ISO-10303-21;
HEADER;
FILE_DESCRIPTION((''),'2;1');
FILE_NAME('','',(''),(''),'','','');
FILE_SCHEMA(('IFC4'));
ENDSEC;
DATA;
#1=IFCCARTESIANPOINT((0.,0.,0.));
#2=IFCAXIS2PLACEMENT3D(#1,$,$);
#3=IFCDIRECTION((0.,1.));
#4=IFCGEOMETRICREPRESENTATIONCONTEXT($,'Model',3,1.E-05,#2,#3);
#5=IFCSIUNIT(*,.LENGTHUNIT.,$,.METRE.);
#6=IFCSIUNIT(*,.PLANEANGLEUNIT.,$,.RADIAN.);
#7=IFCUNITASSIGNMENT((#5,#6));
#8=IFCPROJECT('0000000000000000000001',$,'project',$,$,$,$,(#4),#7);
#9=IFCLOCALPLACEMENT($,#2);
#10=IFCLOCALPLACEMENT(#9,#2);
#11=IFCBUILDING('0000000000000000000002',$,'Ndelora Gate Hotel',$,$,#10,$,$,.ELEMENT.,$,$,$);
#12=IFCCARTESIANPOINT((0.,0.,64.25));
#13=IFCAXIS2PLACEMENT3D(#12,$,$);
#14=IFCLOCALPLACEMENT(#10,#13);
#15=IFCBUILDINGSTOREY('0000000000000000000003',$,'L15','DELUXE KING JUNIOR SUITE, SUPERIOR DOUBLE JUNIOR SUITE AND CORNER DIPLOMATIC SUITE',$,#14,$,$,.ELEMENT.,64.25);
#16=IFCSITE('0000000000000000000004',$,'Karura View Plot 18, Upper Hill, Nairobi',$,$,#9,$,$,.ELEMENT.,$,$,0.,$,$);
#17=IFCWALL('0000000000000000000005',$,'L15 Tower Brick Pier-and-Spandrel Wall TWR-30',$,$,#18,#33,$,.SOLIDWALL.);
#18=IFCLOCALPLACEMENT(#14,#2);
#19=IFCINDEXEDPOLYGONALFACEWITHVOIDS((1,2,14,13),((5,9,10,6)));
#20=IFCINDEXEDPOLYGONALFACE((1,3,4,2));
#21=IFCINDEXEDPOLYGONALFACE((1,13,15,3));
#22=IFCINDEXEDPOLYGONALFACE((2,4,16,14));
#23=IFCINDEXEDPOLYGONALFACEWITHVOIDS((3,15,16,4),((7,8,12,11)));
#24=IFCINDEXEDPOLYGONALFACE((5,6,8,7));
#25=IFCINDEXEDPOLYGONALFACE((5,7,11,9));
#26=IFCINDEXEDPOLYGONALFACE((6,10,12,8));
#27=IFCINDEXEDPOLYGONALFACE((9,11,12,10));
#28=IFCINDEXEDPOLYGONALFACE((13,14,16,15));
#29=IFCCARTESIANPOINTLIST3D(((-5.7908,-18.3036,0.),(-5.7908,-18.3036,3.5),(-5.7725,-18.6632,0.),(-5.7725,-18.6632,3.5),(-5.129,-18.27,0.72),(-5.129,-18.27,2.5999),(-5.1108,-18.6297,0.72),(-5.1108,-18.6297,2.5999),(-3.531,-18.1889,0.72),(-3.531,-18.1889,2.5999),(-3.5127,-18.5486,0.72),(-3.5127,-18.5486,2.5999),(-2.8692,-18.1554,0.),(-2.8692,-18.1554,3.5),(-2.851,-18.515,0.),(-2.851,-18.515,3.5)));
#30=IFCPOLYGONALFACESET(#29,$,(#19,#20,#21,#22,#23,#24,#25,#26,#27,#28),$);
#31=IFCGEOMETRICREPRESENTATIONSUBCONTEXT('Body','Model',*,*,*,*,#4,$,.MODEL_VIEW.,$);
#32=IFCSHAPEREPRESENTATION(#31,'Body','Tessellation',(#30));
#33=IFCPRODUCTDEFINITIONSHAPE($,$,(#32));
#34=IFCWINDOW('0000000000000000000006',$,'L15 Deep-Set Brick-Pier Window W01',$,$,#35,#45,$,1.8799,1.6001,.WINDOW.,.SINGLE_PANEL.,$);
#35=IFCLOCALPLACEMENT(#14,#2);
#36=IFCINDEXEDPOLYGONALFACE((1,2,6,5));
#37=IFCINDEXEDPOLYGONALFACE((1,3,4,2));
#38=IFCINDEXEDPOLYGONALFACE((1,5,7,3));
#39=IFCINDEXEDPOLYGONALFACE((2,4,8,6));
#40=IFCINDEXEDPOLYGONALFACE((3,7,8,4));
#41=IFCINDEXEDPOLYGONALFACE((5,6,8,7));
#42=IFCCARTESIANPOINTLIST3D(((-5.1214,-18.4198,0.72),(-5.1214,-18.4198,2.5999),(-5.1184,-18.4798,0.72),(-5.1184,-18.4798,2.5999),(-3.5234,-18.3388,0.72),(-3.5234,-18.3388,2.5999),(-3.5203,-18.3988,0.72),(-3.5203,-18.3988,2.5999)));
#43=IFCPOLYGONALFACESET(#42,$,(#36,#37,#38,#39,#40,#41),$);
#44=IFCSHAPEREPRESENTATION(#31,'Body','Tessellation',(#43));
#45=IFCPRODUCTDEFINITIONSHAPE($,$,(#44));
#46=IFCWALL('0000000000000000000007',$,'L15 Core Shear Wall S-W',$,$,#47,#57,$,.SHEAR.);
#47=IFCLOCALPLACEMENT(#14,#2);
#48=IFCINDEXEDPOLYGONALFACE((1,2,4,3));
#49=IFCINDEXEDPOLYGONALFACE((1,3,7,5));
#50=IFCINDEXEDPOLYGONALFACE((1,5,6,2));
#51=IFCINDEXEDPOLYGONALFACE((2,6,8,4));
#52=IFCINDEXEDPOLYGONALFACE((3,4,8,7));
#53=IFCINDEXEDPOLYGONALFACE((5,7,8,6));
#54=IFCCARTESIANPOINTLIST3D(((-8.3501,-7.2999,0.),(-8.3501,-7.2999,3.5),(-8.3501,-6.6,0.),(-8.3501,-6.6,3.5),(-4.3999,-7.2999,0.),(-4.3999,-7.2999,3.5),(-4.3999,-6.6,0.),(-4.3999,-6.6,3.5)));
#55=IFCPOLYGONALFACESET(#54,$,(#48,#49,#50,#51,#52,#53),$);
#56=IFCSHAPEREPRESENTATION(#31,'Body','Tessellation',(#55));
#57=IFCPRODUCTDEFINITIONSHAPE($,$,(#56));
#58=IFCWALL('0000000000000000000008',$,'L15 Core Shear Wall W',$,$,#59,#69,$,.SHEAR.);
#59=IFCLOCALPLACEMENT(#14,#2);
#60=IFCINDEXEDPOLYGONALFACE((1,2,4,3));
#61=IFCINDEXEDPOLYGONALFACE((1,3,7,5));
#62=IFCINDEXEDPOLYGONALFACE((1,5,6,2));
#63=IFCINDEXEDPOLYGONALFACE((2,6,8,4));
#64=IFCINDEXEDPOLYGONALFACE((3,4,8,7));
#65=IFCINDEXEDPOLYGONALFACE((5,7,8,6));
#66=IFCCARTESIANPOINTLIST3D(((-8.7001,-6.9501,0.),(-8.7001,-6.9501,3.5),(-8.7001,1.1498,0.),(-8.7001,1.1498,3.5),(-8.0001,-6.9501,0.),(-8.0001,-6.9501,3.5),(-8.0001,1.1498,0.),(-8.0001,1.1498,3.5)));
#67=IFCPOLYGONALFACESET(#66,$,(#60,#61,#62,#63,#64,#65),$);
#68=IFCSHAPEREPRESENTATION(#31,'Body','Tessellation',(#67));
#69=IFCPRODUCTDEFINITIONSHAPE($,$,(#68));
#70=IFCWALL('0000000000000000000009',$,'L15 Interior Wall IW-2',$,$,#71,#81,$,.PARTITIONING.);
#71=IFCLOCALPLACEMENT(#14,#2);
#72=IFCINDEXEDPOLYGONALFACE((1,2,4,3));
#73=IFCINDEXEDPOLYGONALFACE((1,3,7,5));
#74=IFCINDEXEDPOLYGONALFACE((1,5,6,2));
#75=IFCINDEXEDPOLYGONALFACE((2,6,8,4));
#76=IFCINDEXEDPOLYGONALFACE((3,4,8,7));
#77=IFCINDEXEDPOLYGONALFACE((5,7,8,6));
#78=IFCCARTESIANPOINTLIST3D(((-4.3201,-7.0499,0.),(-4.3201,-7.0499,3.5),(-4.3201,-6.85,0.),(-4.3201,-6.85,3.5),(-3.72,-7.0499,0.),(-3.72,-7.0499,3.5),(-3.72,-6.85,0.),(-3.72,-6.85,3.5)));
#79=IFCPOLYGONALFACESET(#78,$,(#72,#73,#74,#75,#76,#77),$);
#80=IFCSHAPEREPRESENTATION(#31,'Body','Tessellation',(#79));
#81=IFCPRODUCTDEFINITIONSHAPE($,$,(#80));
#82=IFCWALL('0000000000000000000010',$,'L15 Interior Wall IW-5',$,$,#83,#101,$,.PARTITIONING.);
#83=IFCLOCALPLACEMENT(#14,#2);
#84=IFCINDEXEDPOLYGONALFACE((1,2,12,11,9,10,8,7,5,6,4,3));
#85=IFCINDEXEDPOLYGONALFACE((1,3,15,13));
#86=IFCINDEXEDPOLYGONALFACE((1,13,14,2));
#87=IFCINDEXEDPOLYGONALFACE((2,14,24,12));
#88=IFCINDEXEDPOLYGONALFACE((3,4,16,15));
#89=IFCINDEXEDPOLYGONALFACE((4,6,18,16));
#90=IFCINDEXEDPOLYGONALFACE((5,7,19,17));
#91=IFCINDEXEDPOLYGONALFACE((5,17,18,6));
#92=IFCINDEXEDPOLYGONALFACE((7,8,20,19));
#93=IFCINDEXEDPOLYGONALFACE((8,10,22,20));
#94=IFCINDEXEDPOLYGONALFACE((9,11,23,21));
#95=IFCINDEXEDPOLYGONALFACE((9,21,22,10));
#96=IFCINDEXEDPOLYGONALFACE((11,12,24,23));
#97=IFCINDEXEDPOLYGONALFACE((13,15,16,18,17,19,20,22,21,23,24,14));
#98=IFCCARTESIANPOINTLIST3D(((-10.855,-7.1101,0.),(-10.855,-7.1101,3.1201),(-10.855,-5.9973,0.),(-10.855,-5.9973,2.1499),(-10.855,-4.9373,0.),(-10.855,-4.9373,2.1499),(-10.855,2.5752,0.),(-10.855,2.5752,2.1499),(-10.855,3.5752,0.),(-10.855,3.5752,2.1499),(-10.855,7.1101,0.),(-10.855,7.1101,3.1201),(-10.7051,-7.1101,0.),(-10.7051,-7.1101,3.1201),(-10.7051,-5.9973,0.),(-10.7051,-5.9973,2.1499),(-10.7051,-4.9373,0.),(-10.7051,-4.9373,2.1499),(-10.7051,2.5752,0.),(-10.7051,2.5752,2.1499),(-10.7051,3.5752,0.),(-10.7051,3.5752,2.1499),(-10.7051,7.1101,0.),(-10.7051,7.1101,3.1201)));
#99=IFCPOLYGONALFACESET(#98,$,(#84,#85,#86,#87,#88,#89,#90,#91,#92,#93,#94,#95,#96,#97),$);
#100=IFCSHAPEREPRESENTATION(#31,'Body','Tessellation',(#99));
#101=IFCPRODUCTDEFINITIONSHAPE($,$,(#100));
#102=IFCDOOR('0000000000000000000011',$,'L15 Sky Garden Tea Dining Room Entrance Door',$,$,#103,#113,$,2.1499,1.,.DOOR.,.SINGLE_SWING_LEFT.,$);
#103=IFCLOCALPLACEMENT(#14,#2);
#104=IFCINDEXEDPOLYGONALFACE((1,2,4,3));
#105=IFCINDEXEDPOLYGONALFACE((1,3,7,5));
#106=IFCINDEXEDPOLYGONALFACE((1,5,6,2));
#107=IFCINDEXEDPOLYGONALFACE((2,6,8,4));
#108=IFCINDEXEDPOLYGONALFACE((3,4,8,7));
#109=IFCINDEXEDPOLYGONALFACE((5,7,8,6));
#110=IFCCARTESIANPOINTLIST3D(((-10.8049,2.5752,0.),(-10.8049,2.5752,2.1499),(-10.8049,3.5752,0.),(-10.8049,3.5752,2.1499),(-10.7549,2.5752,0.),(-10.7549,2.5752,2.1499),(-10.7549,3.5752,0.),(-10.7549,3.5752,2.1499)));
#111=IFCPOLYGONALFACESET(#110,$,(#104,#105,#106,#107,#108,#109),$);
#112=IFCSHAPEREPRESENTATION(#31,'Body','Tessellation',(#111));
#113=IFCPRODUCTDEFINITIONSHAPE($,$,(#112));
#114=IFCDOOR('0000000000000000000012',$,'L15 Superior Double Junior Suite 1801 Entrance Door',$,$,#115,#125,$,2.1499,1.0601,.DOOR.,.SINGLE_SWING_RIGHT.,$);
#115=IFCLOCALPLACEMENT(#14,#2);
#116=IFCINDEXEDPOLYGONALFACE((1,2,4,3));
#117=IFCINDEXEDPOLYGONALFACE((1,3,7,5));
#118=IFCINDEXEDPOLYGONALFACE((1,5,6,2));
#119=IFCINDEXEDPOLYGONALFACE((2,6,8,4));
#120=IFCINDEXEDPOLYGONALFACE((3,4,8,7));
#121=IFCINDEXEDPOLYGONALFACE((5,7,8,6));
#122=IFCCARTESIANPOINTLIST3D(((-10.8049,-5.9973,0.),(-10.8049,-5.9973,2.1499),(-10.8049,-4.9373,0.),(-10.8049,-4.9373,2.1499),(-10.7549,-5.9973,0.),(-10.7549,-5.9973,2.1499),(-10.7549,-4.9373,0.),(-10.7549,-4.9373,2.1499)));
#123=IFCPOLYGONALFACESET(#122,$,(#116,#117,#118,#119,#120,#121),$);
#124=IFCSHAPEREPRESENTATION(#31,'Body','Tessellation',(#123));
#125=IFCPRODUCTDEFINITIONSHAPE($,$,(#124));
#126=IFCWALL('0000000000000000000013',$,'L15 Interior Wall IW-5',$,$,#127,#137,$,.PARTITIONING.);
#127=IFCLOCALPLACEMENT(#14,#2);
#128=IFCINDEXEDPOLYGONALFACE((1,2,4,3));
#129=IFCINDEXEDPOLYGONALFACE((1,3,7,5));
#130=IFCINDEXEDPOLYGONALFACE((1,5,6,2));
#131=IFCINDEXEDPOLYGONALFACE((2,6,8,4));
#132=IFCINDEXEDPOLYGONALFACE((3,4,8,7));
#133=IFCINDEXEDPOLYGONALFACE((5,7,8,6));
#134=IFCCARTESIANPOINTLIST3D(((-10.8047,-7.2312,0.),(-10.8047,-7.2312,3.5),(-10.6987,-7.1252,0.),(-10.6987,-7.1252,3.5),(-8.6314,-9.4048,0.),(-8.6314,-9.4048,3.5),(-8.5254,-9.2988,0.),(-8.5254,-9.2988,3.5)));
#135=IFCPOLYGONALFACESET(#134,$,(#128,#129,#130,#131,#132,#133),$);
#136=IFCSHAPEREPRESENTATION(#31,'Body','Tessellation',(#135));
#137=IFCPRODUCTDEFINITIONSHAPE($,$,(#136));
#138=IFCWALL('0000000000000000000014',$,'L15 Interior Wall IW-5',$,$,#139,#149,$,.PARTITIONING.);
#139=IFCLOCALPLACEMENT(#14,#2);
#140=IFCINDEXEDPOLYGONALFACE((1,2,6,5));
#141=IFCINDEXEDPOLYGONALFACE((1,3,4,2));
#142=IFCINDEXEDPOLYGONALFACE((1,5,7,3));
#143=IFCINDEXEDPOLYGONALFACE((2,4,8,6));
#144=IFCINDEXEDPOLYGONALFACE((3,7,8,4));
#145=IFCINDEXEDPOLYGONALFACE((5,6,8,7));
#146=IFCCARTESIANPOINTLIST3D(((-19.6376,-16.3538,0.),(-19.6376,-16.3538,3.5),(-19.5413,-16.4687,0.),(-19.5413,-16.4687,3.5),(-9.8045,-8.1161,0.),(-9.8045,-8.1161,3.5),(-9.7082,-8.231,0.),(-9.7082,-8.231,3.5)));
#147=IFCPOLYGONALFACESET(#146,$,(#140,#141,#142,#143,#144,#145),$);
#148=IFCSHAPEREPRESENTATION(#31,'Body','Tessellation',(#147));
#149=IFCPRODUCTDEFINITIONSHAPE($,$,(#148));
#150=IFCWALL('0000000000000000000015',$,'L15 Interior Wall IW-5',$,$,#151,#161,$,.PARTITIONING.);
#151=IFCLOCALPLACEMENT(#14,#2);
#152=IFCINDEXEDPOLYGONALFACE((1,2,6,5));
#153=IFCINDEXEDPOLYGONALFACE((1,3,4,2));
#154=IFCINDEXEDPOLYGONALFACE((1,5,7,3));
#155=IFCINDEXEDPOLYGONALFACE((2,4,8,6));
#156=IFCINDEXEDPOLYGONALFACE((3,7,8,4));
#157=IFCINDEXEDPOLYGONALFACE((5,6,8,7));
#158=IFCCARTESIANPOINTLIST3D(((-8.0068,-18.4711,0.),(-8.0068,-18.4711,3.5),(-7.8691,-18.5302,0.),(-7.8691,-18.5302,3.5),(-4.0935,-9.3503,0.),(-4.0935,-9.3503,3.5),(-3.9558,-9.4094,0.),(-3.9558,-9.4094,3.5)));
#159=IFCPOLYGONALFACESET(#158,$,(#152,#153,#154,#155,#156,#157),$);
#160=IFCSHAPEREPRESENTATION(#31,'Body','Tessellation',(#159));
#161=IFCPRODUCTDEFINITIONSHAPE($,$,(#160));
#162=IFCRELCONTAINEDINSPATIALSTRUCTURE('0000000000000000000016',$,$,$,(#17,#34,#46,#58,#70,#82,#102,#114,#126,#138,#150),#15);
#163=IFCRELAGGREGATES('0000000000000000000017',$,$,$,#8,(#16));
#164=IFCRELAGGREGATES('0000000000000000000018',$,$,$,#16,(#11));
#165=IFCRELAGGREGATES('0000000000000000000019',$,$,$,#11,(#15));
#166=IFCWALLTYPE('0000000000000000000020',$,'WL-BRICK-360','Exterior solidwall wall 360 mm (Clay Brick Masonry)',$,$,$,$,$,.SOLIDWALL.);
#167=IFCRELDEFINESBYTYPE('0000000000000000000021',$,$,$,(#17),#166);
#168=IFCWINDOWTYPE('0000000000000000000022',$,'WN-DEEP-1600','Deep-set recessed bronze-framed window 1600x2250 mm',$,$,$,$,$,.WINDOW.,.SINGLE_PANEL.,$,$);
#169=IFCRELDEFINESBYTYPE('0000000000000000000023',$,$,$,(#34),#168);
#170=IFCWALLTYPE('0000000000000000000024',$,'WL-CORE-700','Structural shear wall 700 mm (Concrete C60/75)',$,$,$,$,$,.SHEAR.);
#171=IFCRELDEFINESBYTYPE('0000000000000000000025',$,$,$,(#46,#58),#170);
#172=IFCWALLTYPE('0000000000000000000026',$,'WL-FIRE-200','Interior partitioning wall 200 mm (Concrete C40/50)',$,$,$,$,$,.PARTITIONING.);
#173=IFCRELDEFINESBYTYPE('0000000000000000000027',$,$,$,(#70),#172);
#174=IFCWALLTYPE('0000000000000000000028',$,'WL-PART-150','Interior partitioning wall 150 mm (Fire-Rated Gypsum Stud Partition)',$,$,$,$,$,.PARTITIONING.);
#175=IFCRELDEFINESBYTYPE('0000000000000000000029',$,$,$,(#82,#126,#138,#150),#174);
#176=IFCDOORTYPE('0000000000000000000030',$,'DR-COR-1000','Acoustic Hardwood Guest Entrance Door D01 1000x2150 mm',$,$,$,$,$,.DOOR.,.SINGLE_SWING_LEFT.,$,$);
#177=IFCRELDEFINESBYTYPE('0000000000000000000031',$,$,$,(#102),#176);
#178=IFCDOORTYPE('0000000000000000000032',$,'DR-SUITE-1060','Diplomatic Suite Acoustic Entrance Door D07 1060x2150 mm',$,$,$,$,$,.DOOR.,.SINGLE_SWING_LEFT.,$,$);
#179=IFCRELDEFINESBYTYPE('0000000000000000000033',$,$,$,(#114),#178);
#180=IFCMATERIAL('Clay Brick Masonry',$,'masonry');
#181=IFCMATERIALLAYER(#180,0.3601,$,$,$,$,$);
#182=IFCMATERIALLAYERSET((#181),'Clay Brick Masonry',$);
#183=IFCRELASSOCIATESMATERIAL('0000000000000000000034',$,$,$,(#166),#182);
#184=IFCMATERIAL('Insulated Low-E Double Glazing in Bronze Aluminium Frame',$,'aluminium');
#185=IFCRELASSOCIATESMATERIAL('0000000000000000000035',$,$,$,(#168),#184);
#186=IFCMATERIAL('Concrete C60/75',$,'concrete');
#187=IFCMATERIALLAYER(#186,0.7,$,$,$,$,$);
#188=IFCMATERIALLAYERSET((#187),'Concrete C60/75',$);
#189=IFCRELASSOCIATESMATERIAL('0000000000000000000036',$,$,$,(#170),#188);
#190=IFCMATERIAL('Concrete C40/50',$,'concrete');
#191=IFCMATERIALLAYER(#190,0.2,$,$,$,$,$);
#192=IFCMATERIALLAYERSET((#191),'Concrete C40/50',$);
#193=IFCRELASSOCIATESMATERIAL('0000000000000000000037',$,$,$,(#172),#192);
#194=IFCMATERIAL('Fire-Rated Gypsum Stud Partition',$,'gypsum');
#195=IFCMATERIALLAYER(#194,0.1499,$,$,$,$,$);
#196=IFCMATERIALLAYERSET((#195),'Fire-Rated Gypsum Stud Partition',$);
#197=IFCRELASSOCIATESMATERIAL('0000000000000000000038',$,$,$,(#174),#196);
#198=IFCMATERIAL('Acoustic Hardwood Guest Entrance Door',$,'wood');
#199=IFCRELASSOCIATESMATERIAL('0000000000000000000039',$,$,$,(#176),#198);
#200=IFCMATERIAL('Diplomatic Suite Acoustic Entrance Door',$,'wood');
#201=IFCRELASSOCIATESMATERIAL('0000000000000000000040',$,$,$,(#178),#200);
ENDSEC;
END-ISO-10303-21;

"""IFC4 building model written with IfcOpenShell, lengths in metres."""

from ifc_helpers import new_model, si_unit, direction, frame, frame_2d, origin, place, context, subcontext, project, spatial, rectangle, extrude, material, layer, layer_set, type_object, element, fill, save


model = new_model("IFC4")

# Units and contexts
model_context = context("Model", 3, precision=1e-05, world=origin(), true_north=direction((0.0, 1.0)))
body_context = subcontext(model_context, "Body", "Model", "MODEL_VIEW")
ifc_project = project(units=[si_unit("LENGTHUNIT", "METRE"), si_unit("PLANEANGLEUNIT", "RADIAN")], contexts=[model_context])

# Site, building, storey
site_placement = place(None, origin())
site = spatial("IfcSite", under=ifc_project, at=site_placement, Name="Karura View Plot 18, Upper Hill, Nairobi", CompositionType="ELEMENT", RefElevation=0.0)
building_placement = place(site_placement, origin())
building = spatial("IfcBuilding", under=site, at=building_placement, Name="Ndelora Gate Hotel", CompositionType="ELEMENT")
storey_placement = place(building_placement, frame((0.0, 0.0, 64.25)))
storey = spatial("IfcBuildingStorey", under=building, at=storey_placement, Name="L15", Description="DELUXE KING JUNIOR SUITE, SUPERIOR DOUBLE JUNIOR SUITE AND CORNER DIPLOMATIC SUITE", CompositionType="ELEMENT", Elevation=64.25)

# Shared definitions
ifc_material_1 = material(Name="Concrete C60/75", Category="concrete")

# Wall, opening, window
ifc_material_2 = material(Name="Clay Brick Masonry", Category="masonry")
ifc_layer_1 = layer(ifc_material_2, 0.3601)
ifc_layer_set_1 = layer_set([ifc_layer_1], Name="Clay Brick Masonry")
wall_type_1 = type_object("IfcWallType", Name="WL-BRICK-360", Description="Exterior solidwall wall 360 mm (Clay Brick Masonry)", PredefinedType="SOLIDWALL", material=ifc_layer_set_1)
ifc_material_3 = material(Name="Insulated Low-E Double Glazing in Bronze Aluminium Frame", Category="aluminium")
window_type_1 = type_object("IfcWindowType", Name="WN-DEEP-1600", Description="Deep-set recessed bronze-framed window 1600x2250 mm", PartitioningType="SINGLE_PANEL", PredefinedType="WINDOW", material=ifc_material_3)
wall_1_placement = place(storey_placement, frame((-2.8601, -18.3352, 0.0), z_axis=(0.0, 0.0, 1.0), x_axis=(-0.998716, -0.050658, 0.0)))
wall_1 = element("IfcWall", 1, at=wall_1_placement, inside=storey, type_object=wall_type_1, Name="L15 Tower Brick Pier-and-Spandrel Wall TWR-30", PredefinedType="SOLIDWALL", context=body_context, shape_type="SweptSolid", body=[
    extrude(rectangle(XDim=2.9253, YDim=0.3601, at=frame_2d((1.4626, 0.0))), origin(), (0.0, 0.0, 1.0), 3.5),
])
opening_1_placement = place(wall_1_placement, frame((0.6626, 0.0, 0.72)))
opening_1 = element("IfcOpeningElement", 2, at=opening_1_placement, cuts=wall_1, PredefinedType="OPENING", context=body_context, shape_type="SweptSolid", body=[
    extrude(rectangle(XDim=1.6001, YDim=1.8799, at=frame_2d((0.8, 0.9399))), frame((0.0, 0.1899, 0.0), z_axis=(0.0, -1.0, 0.0), x_axis=(1.0, 0.0, 0.0)), (0.0, 0.0, 1.0), 0.3801),
])
window_1_placement = place(opening_1_placement, origin())
window_1 = element("IfcWindow", 3, at=window_1_placement, inside=storey, type_object=window_type_1, Name="L15 Deep-Set Brick-Pier Window W01", OverallHeight=1.8799, OverallWidth=1.6001, PartitioningType="SINGLE_PANEL", PredefinedType="WINDOW", context=body_context, shape_type="SweptSolid", body=[
    extrude(rectangle(XDim=1.6001, YDim=1.8799, at=frame_2d((0.8, 0.9399))), frame((0.0, 0.03, 0.0), z_axis=(0.0, -1.0, 0.0), x_axis=(1.0, 0.0, 0.0)), (0.0, 0.0, 1.0), 0.0601),
])
fill(opening_1, window_1)

# Walls
ifc_layer_2 = layer(ifc_material_1, 0.7)
ifc_layer_set_2 = layer_set([ifc_layer_2], Name="Concrete C60/75")
wall_type_2 = type_object("IfcWallType", Name="WL-CORE-700", Description="Structural shear wall 700 mm (Concrete C60/75)", PredefinedType="SHEAR", material=ifc_layer_set_2)
wall_2_placement = place(storey_placement, frame((-8.3501, -6.95, 0.0), z_axis=(0.0, 0.0, 1.0), x_axis=(1.0, 0.0, 0.0)))
element("IfcWall", 4, at=wall_2_placement, inside=storey, type_object=wall_type_2, Name="L15 Core Shear Wall S-W", PredefinedType="SHEAR", context=body_context, shape_type="SweptSolid", body=[
    extrude(rectangle(XDim=3.9502, YDim=0.7, at=frame_2d((1.9751, 0.0))), origin(), (0.0, 0.0, 1.0), 3.5),
])
wall_3_placement = place(storey_placement, frame((-8.3501, -6.95, 0.0), z_axis=(0.0, 0.0, 1.0), x_axis=(0.0, 1.0, 0.0)))
element("IfcWall", 5, at=wall_3_placement, inside=storey, type_object=wall_type_2, Name="L15 Core Shear Wall W", PredefinedType="SHEAR", context=body_context, shape_type="SweptSolid", body=[
    extrude(rectangle(XDim=8.0999, YDim=0.7, at=frame_2d((4.0498, 0.0))), origin(), (0.0, 0.0, 1.0), 3.5),
])
ifc_material_4 = material(Name="Concrete C40/50", Category="concrete")
ifc_layer_3 = layer(ifc_material_4, 0.2)
ifc_layer_set_3 = layer_set([ifc_layer_3], Name="Concrete C40/50")
wall_type_3 = type_object("IfcWallType", Name="WL-FIRE-200", Description="Interior partitioning wall 200 mm (Concrete C40/50)", PredefinedType="PARTITIONING", material=ifc_layer_set_3)
wall_4_placement = place(storey_placement, frame((-4.3201, -6.95, 0.0), z_axis=(0.0, 0.0, 1.0), x_axis=(1.0, 0.0, 0.0)))
element("IfcWall", 6, at=wall_4_placement, inside=storey, type_object=wall_type_3, Name="L15 Interior Wall IW-2", PredefinedType="PARTITIONING", context=body_context, shape_type="SweptSolid", body=[
    extrude(rectangle(XDim=0.6001, YDim=0.2, at=frame_2d((0.3, 0.0))), origin(), (0.0, 0.0, 1.0), 3.5),
])

# Wall, openings, doors
ifc_material_5 = material(Name="Fire-Rated Gypsum Stud Partition", Category="gypsum")
ifc_layer_4 = layer(ifc_material_5, 0.1499)
ifc_layer_set_4 = layer_set([ifc_layer_4], Name="Fire-Rated Gypsum Stud Partition")
wall_type_4 = type_object("IfcWallType", Name="WL-PART-150", Description="Interior partitioning wall 150 mm (Fire-Rated Gypsum Stud Partition)", PredefinedType="PARTITIONING", material=ifc_layer_set_4)
wall_5_placement = place(storey_placement, frame((-10.78, -7.1101, 0.0), z_axis=(0.0, 0.0, 1.0), x_axis=(0.0, 1.0, 0.0)))
wall_5 = element("IfcWall", 7, at=wall_5_placement, inside=storey, type_object=wall_type_4, Name="L15 Interior Wall IW-5", PredefinedType="PARTITIONING", context=body_context, shape_type="SweptSolid", body=[
    extrude(rectangle(XDim=14.2202, YDim=0.1499, at=frame_2d((7.1101, 0.0))), origin(), (0.0, 0.0, 1.0), 3.1201),
])
opening_2_placement = place(wall_5_placement, frame((9.6853, 0.0, 0.0)))
opening_2 = element("IfcOpeningElement", 8, at=opening_2_placement, cuts=wall_5, PredefinedType="OPENING", context=body_context, shape_type="SweptSolid", body=[
    extrude(rectangle(XDim=1.0, YDim=2.1499, at=frame_2d((0.5, 1.075))), frame((0.0, 0.085, 0.0), z_axis=(0.0, -1.0, 0.0), x_axis=(1.0, 0.0, 0.0)), (0.0, 0.0, 1.0), 0.1699),
])
opening_3_placement = place(wall_5_placement, frame((1.1128, 0.0, 0.0)))
opening_3 = element("IfcOpeningElement", 9, at=opening_3_placement, cuts=wall_5, PredefinedType="OPENING", context=body_context, shape_type="SweptSolid", body=[
    extrude(rectangle(XDim=1.0601, YDim=2.1499, at=frame_2d((0.53, 1.075))), frame((0.0, 0.085, 0.0), z_axis=(0.0, -1.0, 0.0), x_axis=(1.0, 0.0, 0.0)), (0.0, 0.0, 1.0), 0.1699),
])
ifc_material_6 = material(Name="Acoustic Hardwood Guest Entrance Door", Category="wood")
door_type_1 = type_object("IfcDoorType", Name="DR-COR-1000", Description="Acoustic Hardwood Guest Entrance Door D01 1000x2150 mm", OperationType="SINGLE_SWING_LEFT", PredefinedType="DOOR", material=ifc_material_6)
door_1_placement = place(opening_2_placement, origin())
door_1 = element("IfcDoor", 10, at=door_1_placement, inside=storey, type_object=door_type_1, Name="L15 Sky Garden Tea Dining Room Entrance Door", OperationType="SINGLE_SWING_LEFT", OverallHeight=2.1499, OverallWidth=1.0, PredefinedType="DOOR", context=body_context, shape_type="SweptSolid", body=[
    extrude(rectangle(XDim=1.0, YDim=2.1499, at=frame_2d((0.5, 1.075))), frame((0.0, 0.0249, 0.0), z_axis=(0.0, -1.0, 0.0), x_axis=(1.0, 0.0, 0.0)), (0.0, 0.0, 1.0), 0.05),
])
fill(opening_2, door_1)
ifc_material_7 = material(Name="Diplomatic Suite Acoustic Entrance Door", Category="wood")
door_type_2 = type_object("IfcDoorType", Name="DR-SUITE-1060", Description="Diplomatic Suite Acoustic Entrance Door D07 1060x2150 mm", OperationType="SINGLE_SWING_LEFT", PredefinedType="DOOR", material=ifc_material_7)
door_2_placement = place(opening_3_placement, origin())
door_2 = element("IfcDoor", 11, at=door_2_placement, inside=storey, type_object=door_type_2, Name="L15 Superior Double Junior Suite 1801 Entrance Door", OperationType="SINGLE_SWING_RIGHT", OverallHeight=2.1499, OverallWidth=1.0601, PredefinedType="DOOR", context=body_context, shape_type="SweptSolid", body=[
    extrude(rectangle(XDim=1.0601, YDim=2.1499, at=frame_2d((0.53, 1.075))), frame((0.0, 0.0249, 0.0), z_axis=(0.0, -1.0, 0.0), x_axis=(1.0, 0.0, 0.0)), (0.0, 0.0, 1.0), 0.05),
])
fill(opening_3, door_2)

# Walls
wall_6_placement = place(storey_placement, frame((-8.5784, -9.3518, 0.0), z_axis=(0.0, 0.0, 1.0), x_axis=(-0.707067, 0.707146, 0.0)))
element("IfcWall", 12, at=wall_6_placement, inside=storey, type_object=wall_type_4, Name="L15 Interior Wall IW-5", PredefinedType="PARTITIONING", context=body_context, shape_type="SweptSolid", body=[
    extrude(rectangle(XDim=3.0737, YDim=0.1499, at=frame_2d((1.5369, 0.0))), origin(), (0.0, 0.0, 1.0), 3.5),
])
wall_7_placement = place(storey_placement, frame((-9.7563, -8.1736, 0.0), z_axis=(0.0, 0.0, 1.0), x_axis=(-0.766556, -0.642178, 0.0)))
element("IfcWall", 13, at=wall_7_placement, inside=storey, type_object=wall_type_4, Name="L15 Interior Wall IW-5", PredefinedType="PARTITIONING", context=body_context, shape_type="SweptSolid", body=[
    extrude(rectangle(XDim=12.8276, YDim=0.1499, at=frame_2d((6.4138, 0.0))), origin(), (0.0, 0.0, 1.0), 3.5),
])
wall_8_placement = place(storey_placement, frame((-4.0247, -9.3799, 0.0), z_axis=(0.0, 0.0, 1.0), x_axis=(-0.394293, -0.918985, 0.0)))
element("IfcWall", 14, at=wall_8_placement, inside=storey, type_object=wall_type_4, Name="L15 Interior Wall IW-5", PredefinedType="PARTITIONING", context=body_context, shape_type="SweptSolid", body=[
    extrude(rectangle(XDim=9.9248, YDim=0.1499, at=frame_2d((4.9624, 0.0))), origin(), (0.0, 0.0, 1.0), 3.5),
])

save(model, "model.ifc")
